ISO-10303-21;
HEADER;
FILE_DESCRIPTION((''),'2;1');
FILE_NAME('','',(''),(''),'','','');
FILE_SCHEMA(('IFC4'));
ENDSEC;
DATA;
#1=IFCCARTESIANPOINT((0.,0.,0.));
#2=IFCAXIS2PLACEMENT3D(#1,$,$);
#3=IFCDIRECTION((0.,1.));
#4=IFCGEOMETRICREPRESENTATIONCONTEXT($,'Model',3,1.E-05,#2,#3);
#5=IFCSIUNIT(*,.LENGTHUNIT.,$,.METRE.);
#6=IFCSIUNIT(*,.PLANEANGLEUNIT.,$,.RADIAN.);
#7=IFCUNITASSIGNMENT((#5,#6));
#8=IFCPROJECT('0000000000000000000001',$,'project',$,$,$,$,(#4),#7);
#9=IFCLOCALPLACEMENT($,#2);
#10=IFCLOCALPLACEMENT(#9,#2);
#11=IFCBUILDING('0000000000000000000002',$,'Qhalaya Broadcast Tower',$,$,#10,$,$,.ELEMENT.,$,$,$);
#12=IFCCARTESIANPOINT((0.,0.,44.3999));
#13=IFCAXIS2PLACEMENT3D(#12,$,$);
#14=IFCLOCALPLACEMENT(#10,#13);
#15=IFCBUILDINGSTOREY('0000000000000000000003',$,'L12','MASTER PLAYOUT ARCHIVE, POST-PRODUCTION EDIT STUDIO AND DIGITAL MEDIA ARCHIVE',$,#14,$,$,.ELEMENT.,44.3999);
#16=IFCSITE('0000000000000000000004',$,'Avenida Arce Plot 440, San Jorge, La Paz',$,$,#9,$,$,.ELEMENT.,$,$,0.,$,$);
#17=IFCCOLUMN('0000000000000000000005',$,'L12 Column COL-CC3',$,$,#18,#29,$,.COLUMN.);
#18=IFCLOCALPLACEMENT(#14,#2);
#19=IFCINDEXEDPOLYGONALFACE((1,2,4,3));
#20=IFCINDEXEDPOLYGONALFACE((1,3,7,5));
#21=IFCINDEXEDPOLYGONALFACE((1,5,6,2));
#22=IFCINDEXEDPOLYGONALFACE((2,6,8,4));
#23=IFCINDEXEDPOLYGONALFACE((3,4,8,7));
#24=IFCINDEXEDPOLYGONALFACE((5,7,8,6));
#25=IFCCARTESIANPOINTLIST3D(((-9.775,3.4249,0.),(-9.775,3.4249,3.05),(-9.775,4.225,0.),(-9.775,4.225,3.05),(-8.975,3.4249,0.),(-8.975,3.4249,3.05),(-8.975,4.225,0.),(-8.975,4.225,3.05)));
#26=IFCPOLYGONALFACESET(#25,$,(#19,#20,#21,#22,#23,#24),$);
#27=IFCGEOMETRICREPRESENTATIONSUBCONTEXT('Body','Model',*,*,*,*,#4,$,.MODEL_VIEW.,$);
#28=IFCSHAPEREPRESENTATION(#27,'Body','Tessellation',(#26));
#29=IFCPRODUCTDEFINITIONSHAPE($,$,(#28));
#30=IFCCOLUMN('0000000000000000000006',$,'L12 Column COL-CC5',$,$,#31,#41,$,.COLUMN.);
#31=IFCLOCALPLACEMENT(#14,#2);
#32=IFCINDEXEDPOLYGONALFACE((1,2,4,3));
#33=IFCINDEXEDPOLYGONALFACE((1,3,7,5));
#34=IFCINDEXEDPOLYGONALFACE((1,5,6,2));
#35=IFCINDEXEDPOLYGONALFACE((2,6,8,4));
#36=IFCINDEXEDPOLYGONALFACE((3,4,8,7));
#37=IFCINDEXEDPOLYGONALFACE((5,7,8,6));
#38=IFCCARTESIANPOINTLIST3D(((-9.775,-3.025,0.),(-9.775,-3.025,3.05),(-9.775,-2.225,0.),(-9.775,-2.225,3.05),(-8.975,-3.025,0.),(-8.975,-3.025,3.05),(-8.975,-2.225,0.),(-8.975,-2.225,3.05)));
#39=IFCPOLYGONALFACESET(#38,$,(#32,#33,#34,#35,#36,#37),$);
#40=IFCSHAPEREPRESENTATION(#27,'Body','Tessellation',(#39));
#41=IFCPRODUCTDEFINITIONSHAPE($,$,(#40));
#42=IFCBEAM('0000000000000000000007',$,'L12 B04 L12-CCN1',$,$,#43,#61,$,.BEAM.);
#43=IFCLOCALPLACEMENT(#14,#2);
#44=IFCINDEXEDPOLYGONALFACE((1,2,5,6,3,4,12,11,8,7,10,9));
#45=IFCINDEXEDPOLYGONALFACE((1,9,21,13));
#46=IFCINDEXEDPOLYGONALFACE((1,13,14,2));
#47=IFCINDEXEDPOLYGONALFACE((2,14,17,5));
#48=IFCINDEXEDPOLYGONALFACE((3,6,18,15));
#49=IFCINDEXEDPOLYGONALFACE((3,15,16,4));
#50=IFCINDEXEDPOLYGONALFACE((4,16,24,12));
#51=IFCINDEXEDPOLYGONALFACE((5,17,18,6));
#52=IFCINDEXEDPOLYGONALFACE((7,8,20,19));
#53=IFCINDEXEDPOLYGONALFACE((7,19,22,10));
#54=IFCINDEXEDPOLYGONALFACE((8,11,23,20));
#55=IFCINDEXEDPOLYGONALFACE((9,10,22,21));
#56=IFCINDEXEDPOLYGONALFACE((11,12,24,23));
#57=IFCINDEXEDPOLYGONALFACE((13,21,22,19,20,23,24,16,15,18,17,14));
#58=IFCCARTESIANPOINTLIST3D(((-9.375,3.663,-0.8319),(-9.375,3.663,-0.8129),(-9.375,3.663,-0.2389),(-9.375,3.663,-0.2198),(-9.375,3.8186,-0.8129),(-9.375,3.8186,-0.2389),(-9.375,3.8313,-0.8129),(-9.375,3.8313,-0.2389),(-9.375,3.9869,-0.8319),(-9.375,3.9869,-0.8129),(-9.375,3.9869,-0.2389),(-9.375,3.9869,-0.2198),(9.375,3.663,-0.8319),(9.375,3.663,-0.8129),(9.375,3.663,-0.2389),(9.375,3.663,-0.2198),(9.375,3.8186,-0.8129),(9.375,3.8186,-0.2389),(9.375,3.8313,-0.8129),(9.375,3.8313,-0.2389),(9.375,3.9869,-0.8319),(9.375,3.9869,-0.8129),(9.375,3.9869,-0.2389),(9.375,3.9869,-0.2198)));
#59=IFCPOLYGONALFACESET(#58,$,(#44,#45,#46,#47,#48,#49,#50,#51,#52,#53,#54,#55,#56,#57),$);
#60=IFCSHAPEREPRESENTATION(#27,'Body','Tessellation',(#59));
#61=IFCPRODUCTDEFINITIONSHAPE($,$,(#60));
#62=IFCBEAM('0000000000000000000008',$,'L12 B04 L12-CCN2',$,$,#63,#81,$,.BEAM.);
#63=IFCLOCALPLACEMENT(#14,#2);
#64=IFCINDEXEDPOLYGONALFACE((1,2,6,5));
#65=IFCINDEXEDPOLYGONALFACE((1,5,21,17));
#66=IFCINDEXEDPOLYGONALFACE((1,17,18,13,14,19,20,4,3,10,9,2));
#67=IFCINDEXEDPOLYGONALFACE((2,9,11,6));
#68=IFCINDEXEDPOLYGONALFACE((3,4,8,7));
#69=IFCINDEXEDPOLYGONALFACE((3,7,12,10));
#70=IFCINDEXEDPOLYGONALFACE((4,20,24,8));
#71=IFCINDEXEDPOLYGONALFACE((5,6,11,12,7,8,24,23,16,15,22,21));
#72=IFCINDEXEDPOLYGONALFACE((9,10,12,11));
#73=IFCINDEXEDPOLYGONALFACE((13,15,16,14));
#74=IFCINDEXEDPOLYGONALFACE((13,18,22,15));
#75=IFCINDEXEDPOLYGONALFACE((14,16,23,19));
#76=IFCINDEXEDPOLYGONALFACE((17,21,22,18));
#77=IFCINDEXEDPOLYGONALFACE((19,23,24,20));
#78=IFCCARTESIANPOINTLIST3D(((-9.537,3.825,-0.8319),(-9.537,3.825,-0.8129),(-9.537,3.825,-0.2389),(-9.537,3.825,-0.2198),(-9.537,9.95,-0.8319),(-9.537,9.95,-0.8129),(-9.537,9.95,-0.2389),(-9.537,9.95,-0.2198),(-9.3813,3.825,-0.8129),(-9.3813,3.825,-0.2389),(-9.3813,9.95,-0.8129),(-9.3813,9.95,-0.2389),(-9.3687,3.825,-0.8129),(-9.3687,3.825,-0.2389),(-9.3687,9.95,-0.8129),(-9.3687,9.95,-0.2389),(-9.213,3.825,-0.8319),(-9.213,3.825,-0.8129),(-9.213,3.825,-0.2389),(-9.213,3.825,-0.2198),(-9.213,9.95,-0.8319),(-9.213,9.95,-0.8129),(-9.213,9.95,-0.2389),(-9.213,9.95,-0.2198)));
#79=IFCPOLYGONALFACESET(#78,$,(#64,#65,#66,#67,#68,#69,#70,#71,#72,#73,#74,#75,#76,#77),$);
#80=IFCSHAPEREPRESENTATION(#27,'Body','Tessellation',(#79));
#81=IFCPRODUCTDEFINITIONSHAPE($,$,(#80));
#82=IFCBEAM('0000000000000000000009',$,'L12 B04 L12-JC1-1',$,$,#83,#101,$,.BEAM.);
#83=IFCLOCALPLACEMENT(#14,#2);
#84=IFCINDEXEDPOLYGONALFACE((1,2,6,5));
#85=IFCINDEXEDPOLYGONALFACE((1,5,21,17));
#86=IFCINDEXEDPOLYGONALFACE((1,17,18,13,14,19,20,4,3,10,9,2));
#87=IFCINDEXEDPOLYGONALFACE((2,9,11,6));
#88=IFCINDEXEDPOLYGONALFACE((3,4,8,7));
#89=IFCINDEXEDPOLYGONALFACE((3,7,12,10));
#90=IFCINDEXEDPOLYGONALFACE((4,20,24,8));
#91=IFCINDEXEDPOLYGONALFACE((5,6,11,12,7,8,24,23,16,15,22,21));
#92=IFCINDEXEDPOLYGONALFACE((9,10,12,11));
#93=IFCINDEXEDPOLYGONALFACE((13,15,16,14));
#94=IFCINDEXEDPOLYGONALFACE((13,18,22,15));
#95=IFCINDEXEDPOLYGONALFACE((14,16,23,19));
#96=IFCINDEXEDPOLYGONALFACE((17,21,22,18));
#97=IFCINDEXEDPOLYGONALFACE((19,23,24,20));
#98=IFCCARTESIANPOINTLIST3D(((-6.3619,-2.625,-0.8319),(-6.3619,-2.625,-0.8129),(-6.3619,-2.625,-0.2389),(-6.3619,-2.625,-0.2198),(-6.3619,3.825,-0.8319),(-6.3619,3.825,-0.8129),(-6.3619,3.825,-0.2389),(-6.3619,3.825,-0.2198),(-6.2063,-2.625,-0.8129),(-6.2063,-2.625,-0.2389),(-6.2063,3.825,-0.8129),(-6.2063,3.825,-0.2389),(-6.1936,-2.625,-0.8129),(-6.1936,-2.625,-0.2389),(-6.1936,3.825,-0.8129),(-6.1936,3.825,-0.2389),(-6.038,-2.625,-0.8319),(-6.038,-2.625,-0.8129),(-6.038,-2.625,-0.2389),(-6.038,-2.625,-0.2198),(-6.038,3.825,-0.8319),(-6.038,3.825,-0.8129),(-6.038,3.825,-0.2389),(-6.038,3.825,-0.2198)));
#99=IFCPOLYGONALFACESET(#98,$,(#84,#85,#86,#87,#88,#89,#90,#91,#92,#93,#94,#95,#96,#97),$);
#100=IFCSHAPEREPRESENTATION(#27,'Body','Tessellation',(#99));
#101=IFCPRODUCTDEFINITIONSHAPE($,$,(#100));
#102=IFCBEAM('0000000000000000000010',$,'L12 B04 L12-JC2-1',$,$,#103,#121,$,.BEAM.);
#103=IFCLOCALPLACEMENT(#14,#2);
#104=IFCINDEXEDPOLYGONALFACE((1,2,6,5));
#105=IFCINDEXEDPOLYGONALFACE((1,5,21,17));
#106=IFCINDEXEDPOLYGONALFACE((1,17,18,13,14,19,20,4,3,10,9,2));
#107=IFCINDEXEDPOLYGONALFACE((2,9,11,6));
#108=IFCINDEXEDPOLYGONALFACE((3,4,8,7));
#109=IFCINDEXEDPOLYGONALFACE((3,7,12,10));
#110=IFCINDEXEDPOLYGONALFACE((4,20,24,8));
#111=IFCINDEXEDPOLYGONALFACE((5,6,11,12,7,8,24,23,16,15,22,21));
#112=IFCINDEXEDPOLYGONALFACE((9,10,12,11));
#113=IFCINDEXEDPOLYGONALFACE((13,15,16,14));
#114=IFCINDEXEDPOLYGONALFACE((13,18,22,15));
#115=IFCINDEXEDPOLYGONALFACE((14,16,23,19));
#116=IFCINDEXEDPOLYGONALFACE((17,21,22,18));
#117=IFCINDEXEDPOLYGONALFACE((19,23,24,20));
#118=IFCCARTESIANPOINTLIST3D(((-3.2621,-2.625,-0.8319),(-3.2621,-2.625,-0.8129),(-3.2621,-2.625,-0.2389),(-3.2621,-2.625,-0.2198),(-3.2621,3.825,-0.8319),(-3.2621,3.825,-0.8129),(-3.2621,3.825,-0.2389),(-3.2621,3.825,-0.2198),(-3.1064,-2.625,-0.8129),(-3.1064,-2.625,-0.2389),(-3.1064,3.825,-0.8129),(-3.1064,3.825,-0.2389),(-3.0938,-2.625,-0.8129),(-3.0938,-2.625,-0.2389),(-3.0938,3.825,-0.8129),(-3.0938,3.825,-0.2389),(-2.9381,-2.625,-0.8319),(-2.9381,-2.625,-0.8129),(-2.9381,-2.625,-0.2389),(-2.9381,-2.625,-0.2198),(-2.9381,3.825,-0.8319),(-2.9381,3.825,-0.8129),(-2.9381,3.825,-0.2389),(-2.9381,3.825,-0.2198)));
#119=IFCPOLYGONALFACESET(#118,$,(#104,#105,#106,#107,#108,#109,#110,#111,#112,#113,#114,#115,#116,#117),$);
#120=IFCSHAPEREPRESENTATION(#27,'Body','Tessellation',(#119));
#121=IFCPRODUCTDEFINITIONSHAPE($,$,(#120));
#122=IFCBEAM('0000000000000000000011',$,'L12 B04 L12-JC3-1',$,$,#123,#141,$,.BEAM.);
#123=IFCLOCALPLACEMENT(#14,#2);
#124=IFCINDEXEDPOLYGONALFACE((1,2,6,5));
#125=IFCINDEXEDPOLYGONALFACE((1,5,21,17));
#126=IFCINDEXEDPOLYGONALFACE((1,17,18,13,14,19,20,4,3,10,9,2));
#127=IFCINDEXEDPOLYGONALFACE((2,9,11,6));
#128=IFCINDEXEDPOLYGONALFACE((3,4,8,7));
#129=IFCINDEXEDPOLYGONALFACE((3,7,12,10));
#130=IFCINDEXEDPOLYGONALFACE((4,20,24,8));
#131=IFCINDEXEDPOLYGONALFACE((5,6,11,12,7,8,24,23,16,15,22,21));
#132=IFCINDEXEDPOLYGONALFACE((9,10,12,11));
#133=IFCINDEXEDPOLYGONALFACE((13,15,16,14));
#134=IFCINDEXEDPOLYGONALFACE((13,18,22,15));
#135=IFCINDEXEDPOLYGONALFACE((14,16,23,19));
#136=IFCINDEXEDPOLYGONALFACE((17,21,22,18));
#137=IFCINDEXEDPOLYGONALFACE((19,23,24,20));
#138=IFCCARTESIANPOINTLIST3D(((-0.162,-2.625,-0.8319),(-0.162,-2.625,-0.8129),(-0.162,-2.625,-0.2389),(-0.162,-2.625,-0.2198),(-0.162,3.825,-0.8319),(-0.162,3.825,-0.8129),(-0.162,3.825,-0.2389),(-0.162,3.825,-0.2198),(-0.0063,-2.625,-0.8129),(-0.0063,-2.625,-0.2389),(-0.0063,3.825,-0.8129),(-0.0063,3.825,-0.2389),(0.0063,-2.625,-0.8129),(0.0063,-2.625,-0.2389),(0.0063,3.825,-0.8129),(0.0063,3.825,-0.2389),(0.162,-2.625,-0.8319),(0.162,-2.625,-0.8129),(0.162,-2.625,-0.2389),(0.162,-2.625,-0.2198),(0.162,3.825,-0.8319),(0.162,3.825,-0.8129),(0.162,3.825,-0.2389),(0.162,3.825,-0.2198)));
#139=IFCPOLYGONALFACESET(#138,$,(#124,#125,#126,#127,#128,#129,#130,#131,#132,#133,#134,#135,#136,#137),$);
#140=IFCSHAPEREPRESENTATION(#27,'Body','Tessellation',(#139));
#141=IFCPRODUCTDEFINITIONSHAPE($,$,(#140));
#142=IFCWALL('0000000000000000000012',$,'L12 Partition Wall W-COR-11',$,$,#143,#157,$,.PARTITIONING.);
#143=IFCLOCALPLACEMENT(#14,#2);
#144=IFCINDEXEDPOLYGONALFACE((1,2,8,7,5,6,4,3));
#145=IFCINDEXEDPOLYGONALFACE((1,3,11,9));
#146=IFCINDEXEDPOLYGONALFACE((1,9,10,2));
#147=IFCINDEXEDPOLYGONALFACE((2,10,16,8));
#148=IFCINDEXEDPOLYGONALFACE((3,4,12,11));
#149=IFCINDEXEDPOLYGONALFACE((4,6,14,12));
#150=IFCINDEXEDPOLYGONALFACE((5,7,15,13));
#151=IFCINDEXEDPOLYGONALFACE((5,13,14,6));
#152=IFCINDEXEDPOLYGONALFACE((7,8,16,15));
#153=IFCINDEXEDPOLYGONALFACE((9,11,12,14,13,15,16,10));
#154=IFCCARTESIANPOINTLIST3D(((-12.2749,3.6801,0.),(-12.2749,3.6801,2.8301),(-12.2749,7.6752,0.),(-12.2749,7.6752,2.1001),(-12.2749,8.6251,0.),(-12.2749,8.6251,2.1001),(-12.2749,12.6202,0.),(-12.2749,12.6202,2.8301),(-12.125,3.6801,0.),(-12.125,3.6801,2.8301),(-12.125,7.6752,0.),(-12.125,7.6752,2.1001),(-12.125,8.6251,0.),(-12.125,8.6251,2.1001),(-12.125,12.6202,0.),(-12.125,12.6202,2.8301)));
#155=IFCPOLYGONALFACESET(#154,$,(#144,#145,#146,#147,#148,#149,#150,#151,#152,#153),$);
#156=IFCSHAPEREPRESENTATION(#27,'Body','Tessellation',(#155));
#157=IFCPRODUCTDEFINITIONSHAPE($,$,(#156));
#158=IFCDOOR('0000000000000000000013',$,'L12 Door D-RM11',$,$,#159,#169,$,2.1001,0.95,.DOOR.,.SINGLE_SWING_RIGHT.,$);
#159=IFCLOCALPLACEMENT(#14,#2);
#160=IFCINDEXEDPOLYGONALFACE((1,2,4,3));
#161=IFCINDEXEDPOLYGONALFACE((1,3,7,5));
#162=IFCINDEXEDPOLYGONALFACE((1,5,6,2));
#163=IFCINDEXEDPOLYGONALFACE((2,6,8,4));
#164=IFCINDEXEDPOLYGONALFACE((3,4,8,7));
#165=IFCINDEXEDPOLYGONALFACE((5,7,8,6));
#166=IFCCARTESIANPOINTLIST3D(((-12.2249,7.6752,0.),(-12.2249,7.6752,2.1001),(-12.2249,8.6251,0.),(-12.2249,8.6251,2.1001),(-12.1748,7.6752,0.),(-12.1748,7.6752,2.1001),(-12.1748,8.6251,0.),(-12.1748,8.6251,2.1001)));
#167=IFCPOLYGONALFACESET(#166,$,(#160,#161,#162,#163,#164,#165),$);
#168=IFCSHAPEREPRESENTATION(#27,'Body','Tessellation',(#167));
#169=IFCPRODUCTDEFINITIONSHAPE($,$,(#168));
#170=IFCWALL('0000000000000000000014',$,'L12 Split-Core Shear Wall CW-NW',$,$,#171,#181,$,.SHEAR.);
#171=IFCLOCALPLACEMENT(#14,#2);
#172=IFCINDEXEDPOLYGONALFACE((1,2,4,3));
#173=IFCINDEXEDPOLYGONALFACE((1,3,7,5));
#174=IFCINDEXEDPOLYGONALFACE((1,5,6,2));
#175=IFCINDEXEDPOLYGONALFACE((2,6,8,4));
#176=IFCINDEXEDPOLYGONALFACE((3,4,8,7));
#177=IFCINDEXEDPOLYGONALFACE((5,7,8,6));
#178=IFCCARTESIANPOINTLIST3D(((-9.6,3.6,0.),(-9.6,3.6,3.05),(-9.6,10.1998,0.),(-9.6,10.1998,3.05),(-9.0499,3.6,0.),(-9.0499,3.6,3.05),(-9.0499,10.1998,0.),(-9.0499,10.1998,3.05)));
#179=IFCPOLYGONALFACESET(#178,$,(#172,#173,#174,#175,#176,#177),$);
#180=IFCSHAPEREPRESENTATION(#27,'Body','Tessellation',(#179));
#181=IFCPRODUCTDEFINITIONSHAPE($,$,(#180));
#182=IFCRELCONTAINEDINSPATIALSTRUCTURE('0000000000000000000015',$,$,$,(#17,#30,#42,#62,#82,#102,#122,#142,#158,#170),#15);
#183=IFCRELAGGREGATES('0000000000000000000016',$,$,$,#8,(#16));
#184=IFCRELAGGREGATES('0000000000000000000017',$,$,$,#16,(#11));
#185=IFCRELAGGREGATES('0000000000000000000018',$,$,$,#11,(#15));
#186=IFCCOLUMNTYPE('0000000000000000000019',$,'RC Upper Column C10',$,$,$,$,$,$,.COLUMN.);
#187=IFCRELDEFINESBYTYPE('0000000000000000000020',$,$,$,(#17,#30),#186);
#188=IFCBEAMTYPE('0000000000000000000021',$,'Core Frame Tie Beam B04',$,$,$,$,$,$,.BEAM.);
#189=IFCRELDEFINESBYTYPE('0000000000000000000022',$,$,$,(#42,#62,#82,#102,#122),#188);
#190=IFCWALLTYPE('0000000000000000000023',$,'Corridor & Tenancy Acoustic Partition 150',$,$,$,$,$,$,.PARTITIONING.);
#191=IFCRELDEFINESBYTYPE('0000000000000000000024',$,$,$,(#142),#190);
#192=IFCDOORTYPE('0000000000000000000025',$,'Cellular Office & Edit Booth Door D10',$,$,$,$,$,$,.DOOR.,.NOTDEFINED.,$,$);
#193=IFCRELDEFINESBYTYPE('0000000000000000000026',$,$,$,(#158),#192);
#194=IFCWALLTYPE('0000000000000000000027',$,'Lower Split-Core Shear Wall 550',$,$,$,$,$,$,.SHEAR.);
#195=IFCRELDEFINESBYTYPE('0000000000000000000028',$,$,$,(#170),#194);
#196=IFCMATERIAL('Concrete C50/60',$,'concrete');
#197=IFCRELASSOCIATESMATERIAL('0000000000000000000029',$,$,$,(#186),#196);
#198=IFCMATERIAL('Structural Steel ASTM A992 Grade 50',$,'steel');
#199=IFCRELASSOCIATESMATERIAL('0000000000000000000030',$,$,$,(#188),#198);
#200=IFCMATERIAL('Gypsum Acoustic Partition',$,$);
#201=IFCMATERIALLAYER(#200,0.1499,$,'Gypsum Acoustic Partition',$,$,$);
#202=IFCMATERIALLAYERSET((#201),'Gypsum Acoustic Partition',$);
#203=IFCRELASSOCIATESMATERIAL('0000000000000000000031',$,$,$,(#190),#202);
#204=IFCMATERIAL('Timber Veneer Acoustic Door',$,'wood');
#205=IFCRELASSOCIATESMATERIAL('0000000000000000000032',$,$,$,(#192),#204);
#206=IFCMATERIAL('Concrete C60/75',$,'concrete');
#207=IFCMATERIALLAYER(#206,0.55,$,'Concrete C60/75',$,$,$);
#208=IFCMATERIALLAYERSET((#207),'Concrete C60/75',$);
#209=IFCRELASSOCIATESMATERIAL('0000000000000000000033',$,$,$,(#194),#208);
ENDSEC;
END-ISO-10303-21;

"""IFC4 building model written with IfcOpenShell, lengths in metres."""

from ifc_helpers import new_model, si_unit, direction, frame, frame_2d, origin, origin_2d, place, context, subcontext, project, spatial, rectangle, i_section, extrude, material, layer, layer_set, material_profile, profile_set, type_object, element, fill, save


model = new_model("IFC4")

# Units and contexts
model_context = context("Model", 3, precision=1e-05, world=origin(), true_north=direction((0.0, 1.0)))
body_context = subcontext(model_context, "Body", "Model", "MODEL_VIEW")
ifc_project = project(units=[si_unit("LENGTHUNIT", "METRE"), si_unit("PLANEANGLEUNIT", "RADIAN")], contexts=[model_context])

# Site, building, storey
site_placement = place(None, origin())
site = spatial("IfcSite", under=ifc_project, at=site_placement, Name="Avenida Arce Plot 440, San Jorge, La Paz", CompositionType="ELEMENT", RefElevation=0.0)
building_placement = place(site_placement, origin())
building = spatial("IfcBuilding", under=site, at=building_placement, Name="Qhalaya Broadcast Tower", CompositionType="ELEMENT")
storey_placement = place(building_placement, frame((0.0, 0.0, 44.3999)))
storey = spatial("IfcBuildingStorey", under=building, at=storey_placement, Name="L12", Description="MASTER PLAYOUT ARCHIVE, POST-PRODUCTION EDIT STUDIO AND DIGITAL MEDIA ARCHIVE", CompositionType="ELEMENT", Elevation=44.3999)

# Columns
ifc_material_1 = material(Name="Concrete C50/60", Category="concrete")
ifc_material_profile_1 = material_profile(ifc_material_1, rectangle(XDim=0.8, YDim=0.8, at=origin_2d()), Name="RC-COL 800x800")
ifc_profile_set_1 = profile_set([ifc_material_profile_1], Name="Concrete C50/60")
column_type = type_object("IfcColumnType", Name="RC Upper Column C10", PredefinedType="COLUMN", material=ifc_profile_set_1)
for number, where, z_axis, x_axis, name in (
    (1, (-9.375, 3.825, 0.0), (0.0, 0.0, 1.0), (1.0, 0.0, 0.0), "L12 Column COL-CC3"),
    (2, (-9.375, -2.625, 0.0), (0.0, 0.0, 1.0), (1.0, 0.0, 0.0), "L12 Column COL-CC5"),
):
    element("IfcColumn", number, at=place(storey_placement, frame(where, z_axis=z_axis, x_axis=x_axis)), inside=storey, type_object=column_type, Name=name, PredefinedType="COLUMN", context=body_context, shape_type="SweptSolid", body=[
        extrude(rectangle(XDim=0.8, YDim=0.8, at=origin_2d()), origin(), (0.0, 0.0, 1.0), 3.05),
    ])

# Beams
ifc_material_2 = material(Name="Structural Steel ASTM A992 Grade 50", Category="steel")
ifc_material_profile_2 = material_profile(ifc_material_2, i_section(OverallWidth=0.324, OverallDepth=0.6121, WebThickness=0.0127, FlangeThickness=0.019, at=origin_2d()), Name="W24X104")
ifc_profile_set_2 = profile_set([ifc_material_profile_2], Name="Structural Steel ASTM A992 Grade 50")
beam_type = type_object("IfcBeamType", Name="Core Frame Tie Beam B04", PredefinedType="BEAM", material=ifc_profile_set_2)
beam_1_placement = place(storey_placement, frame((-9.375, 3.825, -0.5259), z_axis=(1.0, 0.0, 0.0), x_axis=(0.0, 1.0, 0.0)))
element("IfcBeam", 3, at=beam_1_placement, inside=storey, type_object=beam_type, Name="L12 B04 L12-CCN1", PredefinedType="BEAM", context=body_context, shape_type="SweptSolid", body=[
    extrude(i_section(OverallWidth=0.324, OverallDepth=0.6121, WebThickness=0.0127, FlangeThickness=0.019, at=origin_2d()), origin(), (0.0, 0.0, 1.0), 18.75),
])
beam_2_placement = place(storey_placement, frame((-9.375, 3.825, -0.5259), z_axis=(0.0, 1.0, 0.0), x_axis=(-1.0, 0.0, 0.0)))
element("IfcBeam", 4, at=beam_2_placement, inside=storey, type_object=beam_type, Name="L12 B04 L12-CCN2", PredefinedType="BEAM", context=body_context, shape_type="SweptSolid", body=[
    extrude(i_section(OverallWidth=0.324, OverallDepth=0.6121, WebThickness=0.0127, FlangeThickness=0.019, at=origin_2d()), origin(), (0.0, 0.0, 1.0), 6.125),
])
for number, where, z_axis, x_axis, name in (
    (5, (-6.2, -2.625, -0.5259), (0.0, 1.0, 0.0), (-1.0, 0.0, 0.0), "L12 B04 L12-JC1-1"),
    (6, (-3.1001, -2.625, -0.5259), (0.0, 1.0, 0.0), (-1.0, 0.0, 0.0), "L12 B04 L12-JC2-1"),
    (7, (0.0, -2.625, -0.5259), (0.0, 1.0, 0.0), (-1.0, 0.0, 0.0), "L12 B04 L12-JC3-1"),
):
    element("IfcBeam", number, at=place(storey_placement, frame(where, z_axis=z_axis, x_axis=x_axis)), inside=storey, type_object=beam_type, Name=name, PredefinedType="BEAM", context=body_context, shape_type="SweptSolid", body=[
        extrude(i_section(OverallWidth=0.324, OverallDepth=0.6121, WebThickness=0.0127, FlangeThickness=0.019, at=origin_2d()), origin(), (0.0, 0.0, 1.0), 6.45),
    ])

# Wall, opening, door
ifc_material_3 = material(Name="Gypsum Acoustic Partition")
ifc_layer_1 = layer(ifc_material_3, 0.1499, Name="Gypsum Acoustic Partition")
ifc_layer_set_1 = layer_set([ifc_layer_1], Name="Gypsum Acoustic Partition")
wall_type_1 = type_object("IfcWallType", Name="Corridor & Tenancy Acoustic Partition 150", PredefinedType="PARTITIONING", material=ifc_layer_set_1)
wall_1_placement = place(storey_placement, frame((-12.2, 3.6799, 0.0), z_axis=(0.0, 0.0, 1.0), x_axis=(0.0, 1.0, 0.0)))
wall_1 = element("IfcWall", 8, at=wall_1_placement, inside=storey, type_object=wall_type_1, Name="L12 Partition Wall W-COR-11", PredefinedType="PARTITIONING", context=body_context, shape_type="SweptSolid", body=[
    extrude(rectangle(XDim=8.9402, YDim=0.1499, at=frame_2d((4.4702, 0.0))), origin(), (0.0, 0.0, 1.0), 2.8301),
])
opening_1_placement = place(wall_1_placement, frame((3.9951, 0.0, 0.0)))
opening_1 = element("IfcOpeningElement", 9, at=opening_1_placement, cuts=wall_1, PredefinedType="OPENING", context=body_context, shape_type="SweptSolid", body=[
    extrude(rectangle(XDim=0.95, YDim=2.1001, at=frame_2d((0.4751, 1.05))), frame((0.0, 0.0869, 0.0), z_axis=(0.0, -1.0, 0.0), x_axis=(1.0, 0.0, 0.0)), (0.0, 0.0, 1.0), 0.1738),
])
ifc_material_4 = material(Name="Timber Veneer Acoustic Door", Category="wood")
door_type_1 = type_object("IfcDoorType", Name="Cellular Office & Edit Booth Door D10", OperationType="NOTDEFINED", PredefinedType="DOOR", material=ifc_material_4)
door_1_placement = place(opening_1_placement, origin())
door_1 = element("IfcDoor", 10, at=door_1_placement, inside=storey, type_object=door_type_1, Name="L12 Door D-RM11", OperationType="SINGLE_SWING_RIGHT", OverallHeight=2.1001, OverallWidth=0.95, PredefinedType="DOOR", context=body_context, shape_type="SweptSolid", body=[
    extrude(rectangle(XDim=0.95, YDim=2.1001, at=frame_2d((0.4751, 1.05))), frame((0.0, 0.0249, 0.0), z_axis=(0.0, -1.0, 0.0), x_axis=(1.0, 0.0, 0.0)), (0.0, 0.0, 1.0), 0.05),
])
fill(opening_1, door_1)

# Shared definitions
ifc_material_5 = material(Name="Concrete C60/75", Category="concrete")
ifc_layer_2 = layer(ifc_material_5, 0.55, Name="Concrete C60/75")
ifc_layer_set_2 = layer_set([ifc_layer_2], Name="Concrete C60/75")
wall_type_2 = type_object("IfcWallType", Name="Lower Split-Core Shear Wall 550", PredefinedType="SHEAR", material=ifc_layer_set_2)

# Wall
wall_2_placement = place(storey_placement, frame((-9.325, 3.6001, 0.0), z_axis=(0.0, 0.0, 1.0), x_axis=(0.0, 1.0, 0.0)))
element("IfcWall", 11, at=wall_2_placement, inside=storey, type_object=wall_type_2, Name="L12 Split-Core Shear Wall CW-NW", PredefinedType="SHEAR", context=body_context, shape_type="SweptSolid", body=[
    extrude(rectangle(XDim=6.5999, YDim=0.55, at=frame_2d((3.2998, 0.0))), origin(), (0.0, 0.0, 1.0), 3.05),
])

save(model, "model.ifc")
